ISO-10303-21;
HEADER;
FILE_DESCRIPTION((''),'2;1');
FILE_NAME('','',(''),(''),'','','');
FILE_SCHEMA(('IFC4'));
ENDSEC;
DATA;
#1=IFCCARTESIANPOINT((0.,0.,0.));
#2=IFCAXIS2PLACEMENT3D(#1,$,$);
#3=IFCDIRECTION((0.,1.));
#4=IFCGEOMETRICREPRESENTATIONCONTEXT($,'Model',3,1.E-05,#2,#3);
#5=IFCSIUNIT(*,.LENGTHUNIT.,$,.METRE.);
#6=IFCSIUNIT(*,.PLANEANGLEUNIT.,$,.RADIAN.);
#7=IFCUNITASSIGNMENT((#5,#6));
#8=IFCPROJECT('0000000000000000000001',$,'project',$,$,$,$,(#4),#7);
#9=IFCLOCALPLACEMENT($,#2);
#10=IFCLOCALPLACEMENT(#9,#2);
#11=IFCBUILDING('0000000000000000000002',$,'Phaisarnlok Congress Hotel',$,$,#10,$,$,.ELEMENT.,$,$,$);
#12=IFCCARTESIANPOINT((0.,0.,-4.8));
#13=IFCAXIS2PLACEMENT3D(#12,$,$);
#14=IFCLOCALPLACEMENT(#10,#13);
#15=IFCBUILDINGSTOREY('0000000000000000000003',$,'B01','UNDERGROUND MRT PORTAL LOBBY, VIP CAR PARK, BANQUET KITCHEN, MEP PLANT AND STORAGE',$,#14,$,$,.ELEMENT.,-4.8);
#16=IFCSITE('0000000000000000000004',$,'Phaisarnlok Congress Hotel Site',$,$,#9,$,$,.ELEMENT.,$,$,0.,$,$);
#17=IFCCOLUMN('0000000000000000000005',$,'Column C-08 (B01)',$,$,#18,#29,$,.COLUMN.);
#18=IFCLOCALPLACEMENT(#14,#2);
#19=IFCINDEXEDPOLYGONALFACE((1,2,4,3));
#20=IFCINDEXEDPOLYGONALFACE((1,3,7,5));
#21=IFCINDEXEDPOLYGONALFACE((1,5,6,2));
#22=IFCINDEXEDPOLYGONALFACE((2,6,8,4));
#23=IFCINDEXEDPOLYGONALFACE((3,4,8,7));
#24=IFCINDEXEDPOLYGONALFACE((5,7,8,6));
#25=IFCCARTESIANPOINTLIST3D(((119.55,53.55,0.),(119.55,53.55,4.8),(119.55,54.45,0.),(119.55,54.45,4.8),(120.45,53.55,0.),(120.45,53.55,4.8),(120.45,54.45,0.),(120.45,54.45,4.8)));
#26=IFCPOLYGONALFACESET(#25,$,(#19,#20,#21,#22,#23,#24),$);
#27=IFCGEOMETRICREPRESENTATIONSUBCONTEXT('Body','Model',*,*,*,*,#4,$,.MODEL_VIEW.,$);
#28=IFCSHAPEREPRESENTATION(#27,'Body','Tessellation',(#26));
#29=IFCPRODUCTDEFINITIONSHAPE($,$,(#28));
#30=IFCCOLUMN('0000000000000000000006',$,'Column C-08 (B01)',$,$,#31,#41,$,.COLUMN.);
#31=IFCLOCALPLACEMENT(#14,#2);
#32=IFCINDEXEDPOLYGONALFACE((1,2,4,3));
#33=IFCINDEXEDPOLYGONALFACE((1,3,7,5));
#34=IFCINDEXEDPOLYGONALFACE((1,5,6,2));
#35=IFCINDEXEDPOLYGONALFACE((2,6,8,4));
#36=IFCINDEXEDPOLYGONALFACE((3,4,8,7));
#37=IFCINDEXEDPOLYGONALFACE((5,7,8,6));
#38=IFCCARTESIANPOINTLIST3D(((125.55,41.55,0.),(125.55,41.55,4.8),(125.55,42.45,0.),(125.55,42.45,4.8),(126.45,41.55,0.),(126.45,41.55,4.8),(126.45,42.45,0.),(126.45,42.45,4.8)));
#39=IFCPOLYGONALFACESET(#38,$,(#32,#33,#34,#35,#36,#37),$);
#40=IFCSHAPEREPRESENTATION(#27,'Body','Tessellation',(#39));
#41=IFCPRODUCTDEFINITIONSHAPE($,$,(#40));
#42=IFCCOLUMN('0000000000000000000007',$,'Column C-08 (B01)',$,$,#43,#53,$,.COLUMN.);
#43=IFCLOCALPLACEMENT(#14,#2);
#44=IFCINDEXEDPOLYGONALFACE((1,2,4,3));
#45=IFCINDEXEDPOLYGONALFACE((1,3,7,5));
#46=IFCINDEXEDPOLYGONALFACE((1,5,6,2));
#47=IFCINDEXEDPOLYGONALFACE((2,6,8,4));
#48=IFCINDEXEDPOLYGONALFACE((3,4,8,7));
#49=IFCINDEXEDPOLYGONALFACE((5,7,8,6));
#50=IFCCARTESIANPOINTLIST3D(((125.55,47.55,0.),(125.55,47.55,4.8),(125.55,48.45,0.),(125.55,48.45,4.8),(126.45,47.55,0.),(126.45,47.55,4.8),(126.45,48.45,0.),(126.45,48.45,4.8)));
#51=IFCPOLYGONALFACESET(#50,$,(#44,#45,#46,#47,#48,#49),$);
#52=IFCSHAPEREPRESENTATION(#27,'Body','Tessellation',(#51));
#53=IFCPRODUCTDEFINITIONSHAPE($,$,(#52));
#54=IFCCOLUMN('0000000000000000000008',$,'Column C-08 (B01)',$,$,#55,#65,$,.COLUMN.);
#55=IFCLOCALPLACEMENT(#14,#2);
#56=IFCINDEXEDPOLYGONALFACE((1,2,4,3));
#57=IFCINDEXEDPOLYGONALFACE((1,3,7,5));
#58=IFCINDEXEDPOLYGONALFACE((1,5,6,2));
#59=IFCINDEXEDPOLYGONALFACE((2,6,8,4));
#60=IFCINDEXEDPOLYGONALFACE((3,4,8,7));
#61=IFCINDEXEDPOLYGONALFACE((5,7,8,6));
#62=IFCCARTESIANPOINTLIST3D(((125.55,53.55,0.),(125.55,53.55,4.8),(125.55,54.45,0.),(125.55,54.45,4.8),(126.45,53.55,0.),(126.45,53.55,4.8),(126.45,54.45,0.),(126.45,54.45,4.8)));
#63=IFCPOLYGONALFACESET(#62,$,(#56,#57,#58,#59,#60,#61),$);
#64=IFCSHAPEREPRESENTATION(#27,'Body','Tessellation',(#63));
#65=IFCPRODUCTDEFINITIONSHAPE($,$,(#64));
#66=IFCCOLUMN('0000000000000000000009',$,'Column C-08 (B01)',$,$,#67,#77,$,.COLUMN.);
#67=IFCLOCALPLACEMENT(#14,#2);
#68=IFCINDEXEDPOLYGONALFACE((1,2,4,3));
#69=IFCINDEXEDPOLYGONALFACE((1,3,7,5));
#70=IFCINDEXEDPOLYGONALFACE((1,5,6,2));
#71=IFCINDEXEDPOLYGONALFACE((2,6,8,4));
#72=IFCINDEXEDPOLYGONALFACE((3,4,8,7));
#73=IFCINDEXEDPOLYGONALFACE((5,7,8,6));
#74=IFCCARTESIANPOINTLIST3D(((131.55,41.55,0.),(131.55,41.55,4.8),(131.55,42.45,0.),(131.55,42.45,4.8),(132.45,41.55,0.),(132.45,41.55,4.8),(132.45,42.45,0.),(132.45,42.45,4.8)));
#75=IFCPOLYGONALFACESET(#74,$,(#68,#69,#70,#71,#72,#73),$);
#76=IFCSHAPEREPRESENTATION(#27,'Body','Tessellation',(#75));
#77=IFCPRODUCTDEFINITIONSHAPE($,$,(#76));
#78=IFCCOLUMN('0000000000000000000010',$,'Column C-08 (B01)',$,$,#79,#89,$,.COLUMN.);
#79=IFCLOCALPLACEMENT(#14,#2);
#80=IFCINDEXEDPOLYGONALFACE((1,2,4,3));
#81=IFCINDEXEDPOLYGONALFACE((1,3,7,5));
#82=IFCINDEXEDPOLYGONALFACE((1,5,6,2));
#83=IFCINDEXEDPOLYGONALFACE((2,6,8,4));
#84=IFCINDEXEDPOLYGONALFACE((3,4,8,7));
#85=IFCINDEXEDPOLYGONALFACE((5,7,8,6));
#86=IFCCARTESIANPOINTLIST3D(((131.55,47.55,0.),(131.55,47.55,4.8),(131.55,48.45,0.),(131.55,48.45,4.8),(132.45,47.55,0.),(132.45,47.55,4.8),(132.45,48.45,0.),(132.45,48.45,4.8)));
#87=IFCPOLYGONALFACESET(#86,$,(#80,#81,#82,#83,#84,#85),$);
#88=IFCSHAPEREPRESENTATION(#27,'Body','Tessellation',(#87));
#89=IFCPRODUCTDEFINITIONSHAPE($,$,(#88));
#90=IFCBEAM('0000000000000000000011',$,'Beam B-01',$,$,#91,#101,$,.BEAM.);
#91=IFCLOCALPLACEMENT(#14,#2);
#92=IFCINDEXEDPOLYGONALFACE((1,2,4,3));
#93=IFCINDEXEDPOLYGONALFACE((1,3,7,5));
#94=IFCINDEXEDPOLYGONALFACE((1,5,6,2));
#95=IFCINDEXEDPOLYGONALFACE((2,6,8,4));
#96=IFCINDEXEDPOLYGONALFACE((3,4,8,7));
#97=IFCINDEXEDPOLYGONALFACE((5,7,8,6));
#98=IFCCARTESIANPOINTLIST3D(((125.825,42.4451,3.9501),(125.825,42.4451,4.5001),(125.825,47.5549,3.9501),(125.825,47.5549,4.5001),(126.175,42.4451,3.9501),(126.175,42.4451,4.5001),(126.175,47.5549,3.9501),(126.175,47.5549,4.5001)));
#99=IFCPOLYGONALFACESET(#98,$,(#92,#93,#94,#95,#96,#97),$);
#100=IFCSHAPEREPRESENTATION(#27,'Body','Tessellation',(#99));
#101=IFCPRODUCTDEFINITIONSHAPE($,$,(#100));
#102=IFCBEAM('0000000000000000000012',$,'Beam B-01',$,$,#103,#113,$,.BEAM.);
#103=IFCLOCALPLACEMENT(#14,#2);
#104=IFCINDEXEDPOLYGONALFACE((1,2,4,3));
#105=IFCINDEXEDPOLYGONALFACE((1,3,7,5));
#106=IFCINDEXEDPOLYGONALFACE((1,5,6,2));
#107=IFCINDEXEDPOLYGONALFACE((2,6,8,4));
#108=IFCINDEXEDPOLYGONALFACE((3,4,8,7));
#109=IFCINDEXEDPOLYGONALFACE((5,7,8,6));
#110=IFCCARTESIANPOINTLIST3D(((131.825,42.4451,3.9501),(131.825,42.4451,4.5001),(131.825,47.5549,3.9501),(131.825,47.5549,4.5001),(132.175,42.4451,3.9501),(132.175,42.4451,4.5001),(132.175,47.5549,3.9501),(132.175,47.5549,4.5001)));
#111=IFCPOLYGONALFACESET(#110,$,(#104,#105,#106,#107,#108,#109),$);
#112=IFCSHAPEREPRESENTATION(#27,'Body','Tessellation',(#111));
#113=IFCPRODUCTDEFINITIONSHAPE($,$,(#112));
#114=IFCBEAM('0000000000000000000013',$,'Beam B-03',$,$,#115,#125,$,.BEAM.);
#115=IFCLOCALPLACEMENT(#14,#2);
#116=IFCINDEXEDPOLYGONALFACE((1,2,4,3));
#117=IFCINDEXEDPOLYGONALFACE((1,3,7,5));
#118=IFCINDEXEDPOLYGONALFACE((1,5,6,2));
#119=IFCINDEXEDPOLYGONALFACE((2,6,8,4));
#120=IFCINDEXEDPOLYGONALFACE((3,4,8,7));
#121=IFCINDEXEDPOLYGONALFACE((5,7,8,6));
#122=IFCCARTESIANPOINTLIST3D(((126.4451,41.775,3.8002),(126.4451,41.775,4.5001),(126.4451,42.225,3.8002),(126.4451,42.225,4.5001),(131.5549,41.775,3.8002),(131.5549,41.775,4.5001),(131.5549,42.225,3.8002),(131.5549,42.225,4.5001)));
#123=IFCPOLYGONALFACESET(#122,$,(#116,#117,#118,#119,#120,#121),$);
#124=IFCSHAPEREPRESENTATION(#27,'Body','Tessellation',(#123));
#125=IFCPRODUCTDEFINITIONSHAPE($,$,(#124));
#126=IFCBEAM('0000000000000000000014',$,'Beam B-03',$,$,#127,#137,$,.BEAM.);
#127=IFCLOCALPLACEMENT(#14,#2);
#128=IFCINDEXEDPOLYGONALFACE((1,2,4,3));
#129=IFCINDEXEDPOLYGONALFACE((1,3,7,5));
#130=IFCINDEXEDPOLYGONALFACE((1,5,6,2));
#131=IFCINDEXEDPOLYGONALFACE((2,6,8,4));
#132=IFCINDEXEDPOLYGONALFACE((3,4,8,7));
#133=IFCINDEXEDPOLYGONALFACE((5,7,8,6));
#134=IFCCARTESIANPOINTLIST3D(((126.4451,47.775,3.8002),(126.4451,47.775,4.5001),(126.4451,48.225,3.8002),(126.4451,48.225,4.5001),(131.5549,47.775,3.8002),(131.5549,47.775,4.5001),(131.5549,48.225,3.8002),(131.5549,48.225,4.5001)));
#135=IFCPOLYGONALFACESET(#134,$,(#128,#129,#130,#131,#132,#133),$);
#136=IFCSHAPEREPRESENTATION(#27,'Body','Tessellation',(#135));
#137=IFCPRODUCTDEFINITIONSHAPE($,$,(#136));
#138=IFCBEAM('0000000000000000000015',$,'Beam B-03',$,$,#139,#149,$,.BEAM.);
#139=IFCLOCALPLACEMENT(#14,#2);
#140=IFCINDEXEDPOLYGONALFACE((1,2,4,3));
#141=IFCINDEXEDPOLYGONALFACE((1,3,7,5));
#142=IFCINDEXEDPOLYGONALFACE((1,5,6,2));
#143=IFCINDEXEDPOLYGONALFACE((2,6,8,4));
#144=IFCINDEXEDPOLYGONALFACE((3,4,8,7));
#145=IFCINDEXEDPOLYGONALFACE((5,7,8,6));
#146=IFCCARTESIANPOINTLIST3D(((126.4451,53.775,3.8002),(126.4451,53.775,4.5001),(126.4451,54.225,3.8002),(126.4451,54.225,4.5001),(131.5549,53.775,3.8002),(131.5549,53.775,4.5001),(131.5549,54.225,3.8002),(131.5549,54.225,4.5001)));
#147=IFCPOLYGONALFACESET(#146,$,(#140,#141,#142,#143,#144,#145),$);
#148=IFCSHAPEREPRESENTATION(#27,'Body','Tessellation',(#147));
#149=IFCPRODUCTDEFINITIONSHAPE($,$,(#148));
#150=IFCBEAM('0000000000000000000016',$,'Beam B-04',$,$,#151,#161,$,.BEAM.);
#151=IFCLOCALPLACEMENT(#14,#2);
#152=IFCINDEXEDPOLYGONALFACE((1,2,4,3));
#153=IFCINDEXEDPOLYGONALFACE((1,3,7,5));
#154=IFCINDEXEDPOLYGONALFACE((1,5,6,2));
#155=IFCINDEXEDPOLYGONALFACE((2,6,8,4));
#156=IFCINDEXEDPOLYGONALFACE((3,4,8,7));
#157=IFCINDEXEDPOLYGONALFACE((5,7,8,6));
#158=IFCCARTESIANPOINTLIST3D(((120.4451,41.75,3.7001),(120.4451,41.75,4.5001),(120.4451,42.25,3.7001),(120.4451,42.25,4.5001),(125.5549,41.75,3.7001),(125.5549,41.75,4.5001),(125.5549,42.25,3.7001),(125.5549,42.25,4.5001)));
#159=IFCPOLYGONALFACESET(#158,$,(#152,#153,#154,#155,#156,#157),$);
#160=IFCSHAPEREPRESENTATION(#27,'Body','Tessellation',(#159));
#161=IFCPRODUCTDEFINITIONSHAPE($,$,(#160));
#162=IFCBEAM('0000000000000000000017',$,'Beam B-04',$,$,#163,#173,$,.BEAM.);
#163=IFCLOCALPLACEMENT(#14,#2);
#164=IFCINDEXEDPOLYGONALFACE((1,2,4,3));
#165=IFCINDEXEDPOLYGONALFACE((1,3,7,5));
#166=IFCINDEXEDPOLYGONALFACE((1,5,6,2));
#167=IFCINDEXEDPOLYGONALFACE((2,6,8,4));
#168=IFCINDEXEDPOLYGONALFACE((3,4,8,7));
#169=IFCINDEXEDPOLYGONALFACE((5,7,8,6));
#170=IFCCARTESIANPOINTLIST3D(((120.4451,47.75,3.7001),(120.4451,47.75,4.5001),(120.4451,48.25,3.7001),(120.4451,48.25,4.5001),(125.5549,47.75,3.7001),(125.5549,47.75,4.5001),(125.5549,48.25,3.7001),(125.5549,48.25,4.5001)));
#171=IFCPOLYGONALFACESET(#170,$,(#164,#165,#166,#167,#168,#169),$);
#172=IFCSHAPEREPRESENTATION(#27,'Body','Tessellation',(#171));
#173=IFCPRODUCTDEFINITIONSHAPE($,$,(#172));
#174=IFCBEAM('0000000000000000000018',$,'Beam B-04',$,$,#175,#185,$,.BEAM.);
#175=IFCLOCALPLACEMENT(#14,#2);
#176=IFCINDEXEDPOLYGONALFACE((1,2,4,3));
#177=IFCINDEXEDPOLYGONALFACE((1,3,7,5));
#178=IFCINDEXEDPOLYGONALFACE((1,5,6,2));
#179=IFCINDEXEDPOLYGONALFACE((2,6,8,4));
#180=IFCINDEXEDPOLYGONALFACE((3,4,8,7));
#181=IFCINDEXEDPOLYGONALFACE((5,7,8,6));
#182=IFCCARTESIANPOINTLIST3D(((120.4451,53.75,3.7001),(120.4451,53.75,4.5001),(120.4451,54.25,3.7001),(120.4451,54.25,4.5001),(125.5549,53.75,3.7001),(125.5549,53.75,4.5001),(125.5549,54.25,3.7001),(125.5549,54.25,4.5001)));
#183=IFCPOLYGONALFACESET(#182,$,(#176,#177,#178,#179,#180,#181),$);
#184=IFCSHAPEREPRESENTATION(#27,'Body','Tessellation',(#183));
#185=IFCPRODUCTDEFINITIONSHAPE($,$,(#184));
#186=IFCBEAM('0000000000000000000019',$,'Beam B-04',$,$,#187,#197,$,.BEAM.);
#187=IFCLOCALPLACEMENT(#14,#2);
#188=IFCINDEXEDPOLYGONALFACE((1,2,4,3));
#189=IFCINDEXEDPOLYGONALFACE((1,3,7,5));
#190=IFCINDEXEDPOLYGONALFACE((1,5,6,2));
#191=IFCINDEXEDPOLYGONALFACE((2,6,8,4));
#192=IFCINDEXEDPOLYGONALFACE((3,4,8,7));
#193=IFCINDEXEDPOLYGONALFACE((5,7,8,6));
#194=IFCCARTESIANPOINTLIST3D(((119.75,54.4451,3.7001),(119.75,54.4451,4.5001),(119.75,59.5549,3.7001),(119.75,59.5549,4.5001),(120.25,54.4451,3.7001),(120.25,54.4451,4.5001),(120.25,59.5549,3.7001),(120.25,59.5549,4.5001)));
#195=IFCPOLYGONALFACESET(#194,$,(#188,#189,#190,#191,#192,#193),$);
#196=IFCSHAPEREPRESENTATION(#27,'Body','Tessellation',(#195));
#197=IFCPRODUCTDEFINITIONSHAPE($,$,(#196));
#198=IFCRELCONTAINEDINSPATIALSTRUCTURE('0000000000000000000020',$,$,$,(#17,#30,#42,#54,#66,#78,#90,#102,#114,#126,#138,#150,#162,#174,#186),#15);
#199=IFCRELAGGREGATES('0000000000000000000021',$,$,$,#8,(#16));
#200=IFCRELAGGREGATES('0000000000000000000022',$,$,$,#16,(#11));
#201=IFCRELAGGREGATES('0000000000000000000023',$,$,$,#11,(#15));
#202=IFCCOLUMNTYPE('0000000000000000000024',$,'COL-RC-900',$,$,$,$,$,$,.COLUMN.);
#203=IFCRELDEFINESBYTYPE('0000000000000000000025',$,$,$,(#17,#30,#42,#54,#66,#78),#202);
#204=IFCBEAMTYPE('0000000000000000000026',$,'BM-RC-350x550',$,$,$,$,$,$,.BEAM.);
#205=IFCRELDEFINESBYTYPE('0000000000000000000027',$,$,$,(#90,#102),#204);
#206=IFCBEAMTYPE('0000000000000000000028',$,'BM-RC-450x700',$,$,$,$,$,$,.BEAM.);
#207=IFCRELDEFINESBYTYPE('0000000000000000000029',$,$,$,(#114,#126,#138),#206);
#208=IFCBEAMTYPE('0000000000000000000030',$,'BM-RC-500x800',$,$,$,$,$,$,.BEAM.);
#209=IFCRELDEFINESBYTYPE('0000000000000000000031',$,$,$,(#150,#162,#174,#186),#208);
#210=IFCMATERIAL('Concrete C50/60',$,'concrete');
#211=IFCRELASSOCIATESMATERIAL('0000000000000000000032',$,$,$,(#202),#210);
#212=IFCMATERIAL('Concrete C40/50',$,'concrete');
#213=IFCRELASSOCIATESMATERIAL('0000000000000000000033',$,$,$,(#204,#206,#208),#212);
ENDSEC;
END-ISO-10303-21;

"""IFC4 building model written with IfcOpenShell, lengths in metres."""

from ifc_helpers import new_model, si_unit, direction, frame, origin, origin_2d, place, context, subcontext, project, spatial, rectangle, extrude, material, material_profile, profile_set, type_object, element, save


model = new_model("IFC4")

# Units and contexts
model_context = context("Model", 3, precision=1e-05, world=origin(), true_north=direction((0.0, 1.0)))
body_context = subcontext(model_context, "Body", "Model", "MODEL_VIEW")
ifc_project = project(units=[si_unit("LENGTHUNIT", "METRE"), si_unit("PLANEANGLEUNIT", "RADIAN")], contexts=[model_context])

# Site, building, storey
site_placement = place(None, origin())
site = spatial("IfcSite", under=ifc_project, at=site_placement, Name="Phaisarnlok Congress Hotel Site", CompositionType="ELEMENT", RefElevation=0.0)
building_placement = place(site_placement, origin())
building = spatial("IfcBuilding", under=site, at=building_placement, Name="Phaisarnlok Congress Hotel", CompositionType="ELEMENT")
storey_placement = place(building_placement, frame((0.0, 0.0, -4.8)))
storey = spatial("IfcBuildingStorey", under=building, at=storey_placement, Name="B01", Description="UNDERGROUND MRT PORTAL LOBBY, VIP CAR PARK, BANQUET KITCHEN, MEP PLANT AND STORAGE", CompositionType="ELEMENT", Elevation=-4.8)

# Shared definitions
ifc_material_1 = material(Name="Concrete C40/50", Category="concrete")

# Columns
ifc_material_2 = material(Name="Concrete C50/60", Category="concrete")
ifc_material_profile_1 = material_profile(ifc_material_2, rectangle(XDim=0.8999, YDim=0.8999, at=origin_2d()), Name="RC 900x900")
ifc_profile_set_1 = profile_set([ifc_material_profile_1], Name="Concrete C50/60")
column_type = type_object("IfcColumnType", Name="COL-RC-900", PredefinedType="COLUMN", material=ifc_profile_set_1)
for number, where, z_axis, x_axis, name in (
    (1, (120.0, 54.0, 0.0), (0.0, 0.0, 1.0), (1.0, 0.0, 0.0), "Column C-08 (B01)"),
    (2, (126.0, 42.0, 0.0), (0.0, 0.0, 1.0), (1.0, 0.0, 0.0), "Column C-08 (B01)"),
    (3, (126.0, 48.0, 0.0), (0.0, 0.0, 1.0), (1.0, 0.0, 0.0), "Column C-08 (B01)"),
    (4, (126.0, 54.0, 0.0), (0.0, 0.0, 1.0), (1.0, 0.0, 0.0), "Column C-08 (B01)"),
    (5, (132.0, 42.0, 0.0), (0.0, 0.0, 1.0), (1.0, 0.0, 0.0), "Column C-08 (B01)"),
    (6, (132.0, 48.0, 0.0), (0.0, 0.0, 1.0), (1.0, 0.0, 0.0), "Column C-08 (B01)"),
):
    element("IfcColumn", number, at=place(storey_placement, frame(where, z_axis=z_axis, x_axis=x_axis)), inside=storey, type_object=column_type, Name=name, PredefinedType="COLUMN", context=body_context, shape_type="SweptSolid", body=[
        extrude(rectangle(XDim=0.8999, YDim=0.8999, at=origin_2d()), origin(), (0.0, 0.0, 1.0), 4.8),
    ])

# Beams
ifc_material_profile_2 = material_profile(ifc_material_1, rectangle(XDim=0.3501, YDim=0.55, at=origin_2d()), Name="RC 350x550")
ifc_profile_set_2 = profile_set([ifc_material_profile_2], Name="Concrete C40/50")
beam_type_1 = type_object("IfcBeamType", Name="BM-RC-350x550", PredefinedType="BEAM", material=ifc_profile_set_2)
for number, where, z_axis, x_axis, name in (
    (7, (126.0, 42.4451, 4.2251), (0.0, 1.0, 0.0), (-1.0, 0.0, 0.0), "Beam B-01"),
    (8, (132.0, 42.4451, 4.2251), (0.0, 1.0, 0.0), (-1.0, 0.0, 0.0), "Beam B-01"),
):
    element("IfcBeam", number, at=place(storey_placement, frame(where, z_axis=z_axis, x_axis=x_axis)), inside=storey, type_object=beam_type_1, Name=name, PredefinedType="BEAM", context=body_context, shape_type="SweptSolid", body=[
        extrude(rectangle(XDim=0.3501, YDim=0.55, at=origin_2d()), origin(), (0.0, 0.0, 1.0), 5.1099),
    ])
ifc_material_profile_3 = material_profile(ifc_material_1, rectangle(XDim=0.45, YDim=0.7, at=origin_2d()), Name="RC 450x700")
ifc_profile_set_3 = profile_set([ifc_material_profile_3], Name="Concrete C40/50")
beam_type_2 = type_object("IfcBeamType", Name="BM-RC-450x700", PredefinedType="BEAM", material=ifc_profile_set_3)
for number, where, z_axis, x_axis, name in (
    (9, (126.4451, 42.0, 4.1501), (1.0, 0.0, 0.0), (0.0, 1.0, 0.0), "Beam B-03"),
    (10, (126.4451, 48.0, 4.1501), (1.0, 0.0, 0.0), (0.0, 1.0, 0.0), "Beam B-03"),
    (11, (126.4451, 54.0, 4.1501), (1.0, 0.0, 0.0), (0.0, 1.0, 0.0), "Beam B-03"),
):
    element("IfcBeam", number, at=place(storey_placement, frame(where, z_axis=z_axis, x_axis=x_axis)), inside=storey, type_object=beam_type_2, Name=name, PredefinedType="BEAM", context=body_context, shape_type="SweptSolid", body=[
        extrude(rectangle(XDim=0.45, YDim=0.7, at=origin_2d()), origin(), (0.0, 0.0, 1.0), 5.1099),
    ])
ifc_material_profile_4 = material_profile(ifc_material_1, rectangle(XDim=0.5, YDim=0.8, at=origin_2d()), Name="RC 500x800")
ifc_profile_set_4 = profile_set([ifc_material_profile_4], Name="Concrete C40/50")
beam_type_3 = type_object("IfcBeamType", Name="BM-RC-500x800", PredefinedType="BEAM", material=ifc_profile_set_4)
for number, where, z_axis, x_axis, name in (
    (12, (120.4451, 42.0, 4.1001), (1.0, 0.0, 0.0), (0.0, 1.0, 0.0), "Beam B-04"),
    (13, (120.4451, 48.0, 4.1001), (1.0, 0.0, 0.0), (0.0, 1.0, 0.0), "Beam B-04"),
    (14, (120.4451, 54.0, 4.1001), (1.0, 0.0, 0.0), (0.0, 1.0, 0.0), "Beam B-04"),
    (15, (120.0, 54.4451, 4.1001), (0.0, 1.0, 0.0), (-1.0, 0.0, 0.0), "Beam B-04"),
):
    element("IfcBeam", number, at=place(storey_placement, frame(where, z_axis=z_axis, x_axis=x_axis)), inside=storey, type_object=beam_type_3, Name=name, PredefinedType="BEAM", context=body_context, shape_type="SweptSolid", body=[
        extrude(rectangle(XDim=0.5, YDim=0.8, at=origin_2d()), origin(), (0.0, 0.0, 1.0), 5.1099),
    ])

save(model, "model.ifc")
